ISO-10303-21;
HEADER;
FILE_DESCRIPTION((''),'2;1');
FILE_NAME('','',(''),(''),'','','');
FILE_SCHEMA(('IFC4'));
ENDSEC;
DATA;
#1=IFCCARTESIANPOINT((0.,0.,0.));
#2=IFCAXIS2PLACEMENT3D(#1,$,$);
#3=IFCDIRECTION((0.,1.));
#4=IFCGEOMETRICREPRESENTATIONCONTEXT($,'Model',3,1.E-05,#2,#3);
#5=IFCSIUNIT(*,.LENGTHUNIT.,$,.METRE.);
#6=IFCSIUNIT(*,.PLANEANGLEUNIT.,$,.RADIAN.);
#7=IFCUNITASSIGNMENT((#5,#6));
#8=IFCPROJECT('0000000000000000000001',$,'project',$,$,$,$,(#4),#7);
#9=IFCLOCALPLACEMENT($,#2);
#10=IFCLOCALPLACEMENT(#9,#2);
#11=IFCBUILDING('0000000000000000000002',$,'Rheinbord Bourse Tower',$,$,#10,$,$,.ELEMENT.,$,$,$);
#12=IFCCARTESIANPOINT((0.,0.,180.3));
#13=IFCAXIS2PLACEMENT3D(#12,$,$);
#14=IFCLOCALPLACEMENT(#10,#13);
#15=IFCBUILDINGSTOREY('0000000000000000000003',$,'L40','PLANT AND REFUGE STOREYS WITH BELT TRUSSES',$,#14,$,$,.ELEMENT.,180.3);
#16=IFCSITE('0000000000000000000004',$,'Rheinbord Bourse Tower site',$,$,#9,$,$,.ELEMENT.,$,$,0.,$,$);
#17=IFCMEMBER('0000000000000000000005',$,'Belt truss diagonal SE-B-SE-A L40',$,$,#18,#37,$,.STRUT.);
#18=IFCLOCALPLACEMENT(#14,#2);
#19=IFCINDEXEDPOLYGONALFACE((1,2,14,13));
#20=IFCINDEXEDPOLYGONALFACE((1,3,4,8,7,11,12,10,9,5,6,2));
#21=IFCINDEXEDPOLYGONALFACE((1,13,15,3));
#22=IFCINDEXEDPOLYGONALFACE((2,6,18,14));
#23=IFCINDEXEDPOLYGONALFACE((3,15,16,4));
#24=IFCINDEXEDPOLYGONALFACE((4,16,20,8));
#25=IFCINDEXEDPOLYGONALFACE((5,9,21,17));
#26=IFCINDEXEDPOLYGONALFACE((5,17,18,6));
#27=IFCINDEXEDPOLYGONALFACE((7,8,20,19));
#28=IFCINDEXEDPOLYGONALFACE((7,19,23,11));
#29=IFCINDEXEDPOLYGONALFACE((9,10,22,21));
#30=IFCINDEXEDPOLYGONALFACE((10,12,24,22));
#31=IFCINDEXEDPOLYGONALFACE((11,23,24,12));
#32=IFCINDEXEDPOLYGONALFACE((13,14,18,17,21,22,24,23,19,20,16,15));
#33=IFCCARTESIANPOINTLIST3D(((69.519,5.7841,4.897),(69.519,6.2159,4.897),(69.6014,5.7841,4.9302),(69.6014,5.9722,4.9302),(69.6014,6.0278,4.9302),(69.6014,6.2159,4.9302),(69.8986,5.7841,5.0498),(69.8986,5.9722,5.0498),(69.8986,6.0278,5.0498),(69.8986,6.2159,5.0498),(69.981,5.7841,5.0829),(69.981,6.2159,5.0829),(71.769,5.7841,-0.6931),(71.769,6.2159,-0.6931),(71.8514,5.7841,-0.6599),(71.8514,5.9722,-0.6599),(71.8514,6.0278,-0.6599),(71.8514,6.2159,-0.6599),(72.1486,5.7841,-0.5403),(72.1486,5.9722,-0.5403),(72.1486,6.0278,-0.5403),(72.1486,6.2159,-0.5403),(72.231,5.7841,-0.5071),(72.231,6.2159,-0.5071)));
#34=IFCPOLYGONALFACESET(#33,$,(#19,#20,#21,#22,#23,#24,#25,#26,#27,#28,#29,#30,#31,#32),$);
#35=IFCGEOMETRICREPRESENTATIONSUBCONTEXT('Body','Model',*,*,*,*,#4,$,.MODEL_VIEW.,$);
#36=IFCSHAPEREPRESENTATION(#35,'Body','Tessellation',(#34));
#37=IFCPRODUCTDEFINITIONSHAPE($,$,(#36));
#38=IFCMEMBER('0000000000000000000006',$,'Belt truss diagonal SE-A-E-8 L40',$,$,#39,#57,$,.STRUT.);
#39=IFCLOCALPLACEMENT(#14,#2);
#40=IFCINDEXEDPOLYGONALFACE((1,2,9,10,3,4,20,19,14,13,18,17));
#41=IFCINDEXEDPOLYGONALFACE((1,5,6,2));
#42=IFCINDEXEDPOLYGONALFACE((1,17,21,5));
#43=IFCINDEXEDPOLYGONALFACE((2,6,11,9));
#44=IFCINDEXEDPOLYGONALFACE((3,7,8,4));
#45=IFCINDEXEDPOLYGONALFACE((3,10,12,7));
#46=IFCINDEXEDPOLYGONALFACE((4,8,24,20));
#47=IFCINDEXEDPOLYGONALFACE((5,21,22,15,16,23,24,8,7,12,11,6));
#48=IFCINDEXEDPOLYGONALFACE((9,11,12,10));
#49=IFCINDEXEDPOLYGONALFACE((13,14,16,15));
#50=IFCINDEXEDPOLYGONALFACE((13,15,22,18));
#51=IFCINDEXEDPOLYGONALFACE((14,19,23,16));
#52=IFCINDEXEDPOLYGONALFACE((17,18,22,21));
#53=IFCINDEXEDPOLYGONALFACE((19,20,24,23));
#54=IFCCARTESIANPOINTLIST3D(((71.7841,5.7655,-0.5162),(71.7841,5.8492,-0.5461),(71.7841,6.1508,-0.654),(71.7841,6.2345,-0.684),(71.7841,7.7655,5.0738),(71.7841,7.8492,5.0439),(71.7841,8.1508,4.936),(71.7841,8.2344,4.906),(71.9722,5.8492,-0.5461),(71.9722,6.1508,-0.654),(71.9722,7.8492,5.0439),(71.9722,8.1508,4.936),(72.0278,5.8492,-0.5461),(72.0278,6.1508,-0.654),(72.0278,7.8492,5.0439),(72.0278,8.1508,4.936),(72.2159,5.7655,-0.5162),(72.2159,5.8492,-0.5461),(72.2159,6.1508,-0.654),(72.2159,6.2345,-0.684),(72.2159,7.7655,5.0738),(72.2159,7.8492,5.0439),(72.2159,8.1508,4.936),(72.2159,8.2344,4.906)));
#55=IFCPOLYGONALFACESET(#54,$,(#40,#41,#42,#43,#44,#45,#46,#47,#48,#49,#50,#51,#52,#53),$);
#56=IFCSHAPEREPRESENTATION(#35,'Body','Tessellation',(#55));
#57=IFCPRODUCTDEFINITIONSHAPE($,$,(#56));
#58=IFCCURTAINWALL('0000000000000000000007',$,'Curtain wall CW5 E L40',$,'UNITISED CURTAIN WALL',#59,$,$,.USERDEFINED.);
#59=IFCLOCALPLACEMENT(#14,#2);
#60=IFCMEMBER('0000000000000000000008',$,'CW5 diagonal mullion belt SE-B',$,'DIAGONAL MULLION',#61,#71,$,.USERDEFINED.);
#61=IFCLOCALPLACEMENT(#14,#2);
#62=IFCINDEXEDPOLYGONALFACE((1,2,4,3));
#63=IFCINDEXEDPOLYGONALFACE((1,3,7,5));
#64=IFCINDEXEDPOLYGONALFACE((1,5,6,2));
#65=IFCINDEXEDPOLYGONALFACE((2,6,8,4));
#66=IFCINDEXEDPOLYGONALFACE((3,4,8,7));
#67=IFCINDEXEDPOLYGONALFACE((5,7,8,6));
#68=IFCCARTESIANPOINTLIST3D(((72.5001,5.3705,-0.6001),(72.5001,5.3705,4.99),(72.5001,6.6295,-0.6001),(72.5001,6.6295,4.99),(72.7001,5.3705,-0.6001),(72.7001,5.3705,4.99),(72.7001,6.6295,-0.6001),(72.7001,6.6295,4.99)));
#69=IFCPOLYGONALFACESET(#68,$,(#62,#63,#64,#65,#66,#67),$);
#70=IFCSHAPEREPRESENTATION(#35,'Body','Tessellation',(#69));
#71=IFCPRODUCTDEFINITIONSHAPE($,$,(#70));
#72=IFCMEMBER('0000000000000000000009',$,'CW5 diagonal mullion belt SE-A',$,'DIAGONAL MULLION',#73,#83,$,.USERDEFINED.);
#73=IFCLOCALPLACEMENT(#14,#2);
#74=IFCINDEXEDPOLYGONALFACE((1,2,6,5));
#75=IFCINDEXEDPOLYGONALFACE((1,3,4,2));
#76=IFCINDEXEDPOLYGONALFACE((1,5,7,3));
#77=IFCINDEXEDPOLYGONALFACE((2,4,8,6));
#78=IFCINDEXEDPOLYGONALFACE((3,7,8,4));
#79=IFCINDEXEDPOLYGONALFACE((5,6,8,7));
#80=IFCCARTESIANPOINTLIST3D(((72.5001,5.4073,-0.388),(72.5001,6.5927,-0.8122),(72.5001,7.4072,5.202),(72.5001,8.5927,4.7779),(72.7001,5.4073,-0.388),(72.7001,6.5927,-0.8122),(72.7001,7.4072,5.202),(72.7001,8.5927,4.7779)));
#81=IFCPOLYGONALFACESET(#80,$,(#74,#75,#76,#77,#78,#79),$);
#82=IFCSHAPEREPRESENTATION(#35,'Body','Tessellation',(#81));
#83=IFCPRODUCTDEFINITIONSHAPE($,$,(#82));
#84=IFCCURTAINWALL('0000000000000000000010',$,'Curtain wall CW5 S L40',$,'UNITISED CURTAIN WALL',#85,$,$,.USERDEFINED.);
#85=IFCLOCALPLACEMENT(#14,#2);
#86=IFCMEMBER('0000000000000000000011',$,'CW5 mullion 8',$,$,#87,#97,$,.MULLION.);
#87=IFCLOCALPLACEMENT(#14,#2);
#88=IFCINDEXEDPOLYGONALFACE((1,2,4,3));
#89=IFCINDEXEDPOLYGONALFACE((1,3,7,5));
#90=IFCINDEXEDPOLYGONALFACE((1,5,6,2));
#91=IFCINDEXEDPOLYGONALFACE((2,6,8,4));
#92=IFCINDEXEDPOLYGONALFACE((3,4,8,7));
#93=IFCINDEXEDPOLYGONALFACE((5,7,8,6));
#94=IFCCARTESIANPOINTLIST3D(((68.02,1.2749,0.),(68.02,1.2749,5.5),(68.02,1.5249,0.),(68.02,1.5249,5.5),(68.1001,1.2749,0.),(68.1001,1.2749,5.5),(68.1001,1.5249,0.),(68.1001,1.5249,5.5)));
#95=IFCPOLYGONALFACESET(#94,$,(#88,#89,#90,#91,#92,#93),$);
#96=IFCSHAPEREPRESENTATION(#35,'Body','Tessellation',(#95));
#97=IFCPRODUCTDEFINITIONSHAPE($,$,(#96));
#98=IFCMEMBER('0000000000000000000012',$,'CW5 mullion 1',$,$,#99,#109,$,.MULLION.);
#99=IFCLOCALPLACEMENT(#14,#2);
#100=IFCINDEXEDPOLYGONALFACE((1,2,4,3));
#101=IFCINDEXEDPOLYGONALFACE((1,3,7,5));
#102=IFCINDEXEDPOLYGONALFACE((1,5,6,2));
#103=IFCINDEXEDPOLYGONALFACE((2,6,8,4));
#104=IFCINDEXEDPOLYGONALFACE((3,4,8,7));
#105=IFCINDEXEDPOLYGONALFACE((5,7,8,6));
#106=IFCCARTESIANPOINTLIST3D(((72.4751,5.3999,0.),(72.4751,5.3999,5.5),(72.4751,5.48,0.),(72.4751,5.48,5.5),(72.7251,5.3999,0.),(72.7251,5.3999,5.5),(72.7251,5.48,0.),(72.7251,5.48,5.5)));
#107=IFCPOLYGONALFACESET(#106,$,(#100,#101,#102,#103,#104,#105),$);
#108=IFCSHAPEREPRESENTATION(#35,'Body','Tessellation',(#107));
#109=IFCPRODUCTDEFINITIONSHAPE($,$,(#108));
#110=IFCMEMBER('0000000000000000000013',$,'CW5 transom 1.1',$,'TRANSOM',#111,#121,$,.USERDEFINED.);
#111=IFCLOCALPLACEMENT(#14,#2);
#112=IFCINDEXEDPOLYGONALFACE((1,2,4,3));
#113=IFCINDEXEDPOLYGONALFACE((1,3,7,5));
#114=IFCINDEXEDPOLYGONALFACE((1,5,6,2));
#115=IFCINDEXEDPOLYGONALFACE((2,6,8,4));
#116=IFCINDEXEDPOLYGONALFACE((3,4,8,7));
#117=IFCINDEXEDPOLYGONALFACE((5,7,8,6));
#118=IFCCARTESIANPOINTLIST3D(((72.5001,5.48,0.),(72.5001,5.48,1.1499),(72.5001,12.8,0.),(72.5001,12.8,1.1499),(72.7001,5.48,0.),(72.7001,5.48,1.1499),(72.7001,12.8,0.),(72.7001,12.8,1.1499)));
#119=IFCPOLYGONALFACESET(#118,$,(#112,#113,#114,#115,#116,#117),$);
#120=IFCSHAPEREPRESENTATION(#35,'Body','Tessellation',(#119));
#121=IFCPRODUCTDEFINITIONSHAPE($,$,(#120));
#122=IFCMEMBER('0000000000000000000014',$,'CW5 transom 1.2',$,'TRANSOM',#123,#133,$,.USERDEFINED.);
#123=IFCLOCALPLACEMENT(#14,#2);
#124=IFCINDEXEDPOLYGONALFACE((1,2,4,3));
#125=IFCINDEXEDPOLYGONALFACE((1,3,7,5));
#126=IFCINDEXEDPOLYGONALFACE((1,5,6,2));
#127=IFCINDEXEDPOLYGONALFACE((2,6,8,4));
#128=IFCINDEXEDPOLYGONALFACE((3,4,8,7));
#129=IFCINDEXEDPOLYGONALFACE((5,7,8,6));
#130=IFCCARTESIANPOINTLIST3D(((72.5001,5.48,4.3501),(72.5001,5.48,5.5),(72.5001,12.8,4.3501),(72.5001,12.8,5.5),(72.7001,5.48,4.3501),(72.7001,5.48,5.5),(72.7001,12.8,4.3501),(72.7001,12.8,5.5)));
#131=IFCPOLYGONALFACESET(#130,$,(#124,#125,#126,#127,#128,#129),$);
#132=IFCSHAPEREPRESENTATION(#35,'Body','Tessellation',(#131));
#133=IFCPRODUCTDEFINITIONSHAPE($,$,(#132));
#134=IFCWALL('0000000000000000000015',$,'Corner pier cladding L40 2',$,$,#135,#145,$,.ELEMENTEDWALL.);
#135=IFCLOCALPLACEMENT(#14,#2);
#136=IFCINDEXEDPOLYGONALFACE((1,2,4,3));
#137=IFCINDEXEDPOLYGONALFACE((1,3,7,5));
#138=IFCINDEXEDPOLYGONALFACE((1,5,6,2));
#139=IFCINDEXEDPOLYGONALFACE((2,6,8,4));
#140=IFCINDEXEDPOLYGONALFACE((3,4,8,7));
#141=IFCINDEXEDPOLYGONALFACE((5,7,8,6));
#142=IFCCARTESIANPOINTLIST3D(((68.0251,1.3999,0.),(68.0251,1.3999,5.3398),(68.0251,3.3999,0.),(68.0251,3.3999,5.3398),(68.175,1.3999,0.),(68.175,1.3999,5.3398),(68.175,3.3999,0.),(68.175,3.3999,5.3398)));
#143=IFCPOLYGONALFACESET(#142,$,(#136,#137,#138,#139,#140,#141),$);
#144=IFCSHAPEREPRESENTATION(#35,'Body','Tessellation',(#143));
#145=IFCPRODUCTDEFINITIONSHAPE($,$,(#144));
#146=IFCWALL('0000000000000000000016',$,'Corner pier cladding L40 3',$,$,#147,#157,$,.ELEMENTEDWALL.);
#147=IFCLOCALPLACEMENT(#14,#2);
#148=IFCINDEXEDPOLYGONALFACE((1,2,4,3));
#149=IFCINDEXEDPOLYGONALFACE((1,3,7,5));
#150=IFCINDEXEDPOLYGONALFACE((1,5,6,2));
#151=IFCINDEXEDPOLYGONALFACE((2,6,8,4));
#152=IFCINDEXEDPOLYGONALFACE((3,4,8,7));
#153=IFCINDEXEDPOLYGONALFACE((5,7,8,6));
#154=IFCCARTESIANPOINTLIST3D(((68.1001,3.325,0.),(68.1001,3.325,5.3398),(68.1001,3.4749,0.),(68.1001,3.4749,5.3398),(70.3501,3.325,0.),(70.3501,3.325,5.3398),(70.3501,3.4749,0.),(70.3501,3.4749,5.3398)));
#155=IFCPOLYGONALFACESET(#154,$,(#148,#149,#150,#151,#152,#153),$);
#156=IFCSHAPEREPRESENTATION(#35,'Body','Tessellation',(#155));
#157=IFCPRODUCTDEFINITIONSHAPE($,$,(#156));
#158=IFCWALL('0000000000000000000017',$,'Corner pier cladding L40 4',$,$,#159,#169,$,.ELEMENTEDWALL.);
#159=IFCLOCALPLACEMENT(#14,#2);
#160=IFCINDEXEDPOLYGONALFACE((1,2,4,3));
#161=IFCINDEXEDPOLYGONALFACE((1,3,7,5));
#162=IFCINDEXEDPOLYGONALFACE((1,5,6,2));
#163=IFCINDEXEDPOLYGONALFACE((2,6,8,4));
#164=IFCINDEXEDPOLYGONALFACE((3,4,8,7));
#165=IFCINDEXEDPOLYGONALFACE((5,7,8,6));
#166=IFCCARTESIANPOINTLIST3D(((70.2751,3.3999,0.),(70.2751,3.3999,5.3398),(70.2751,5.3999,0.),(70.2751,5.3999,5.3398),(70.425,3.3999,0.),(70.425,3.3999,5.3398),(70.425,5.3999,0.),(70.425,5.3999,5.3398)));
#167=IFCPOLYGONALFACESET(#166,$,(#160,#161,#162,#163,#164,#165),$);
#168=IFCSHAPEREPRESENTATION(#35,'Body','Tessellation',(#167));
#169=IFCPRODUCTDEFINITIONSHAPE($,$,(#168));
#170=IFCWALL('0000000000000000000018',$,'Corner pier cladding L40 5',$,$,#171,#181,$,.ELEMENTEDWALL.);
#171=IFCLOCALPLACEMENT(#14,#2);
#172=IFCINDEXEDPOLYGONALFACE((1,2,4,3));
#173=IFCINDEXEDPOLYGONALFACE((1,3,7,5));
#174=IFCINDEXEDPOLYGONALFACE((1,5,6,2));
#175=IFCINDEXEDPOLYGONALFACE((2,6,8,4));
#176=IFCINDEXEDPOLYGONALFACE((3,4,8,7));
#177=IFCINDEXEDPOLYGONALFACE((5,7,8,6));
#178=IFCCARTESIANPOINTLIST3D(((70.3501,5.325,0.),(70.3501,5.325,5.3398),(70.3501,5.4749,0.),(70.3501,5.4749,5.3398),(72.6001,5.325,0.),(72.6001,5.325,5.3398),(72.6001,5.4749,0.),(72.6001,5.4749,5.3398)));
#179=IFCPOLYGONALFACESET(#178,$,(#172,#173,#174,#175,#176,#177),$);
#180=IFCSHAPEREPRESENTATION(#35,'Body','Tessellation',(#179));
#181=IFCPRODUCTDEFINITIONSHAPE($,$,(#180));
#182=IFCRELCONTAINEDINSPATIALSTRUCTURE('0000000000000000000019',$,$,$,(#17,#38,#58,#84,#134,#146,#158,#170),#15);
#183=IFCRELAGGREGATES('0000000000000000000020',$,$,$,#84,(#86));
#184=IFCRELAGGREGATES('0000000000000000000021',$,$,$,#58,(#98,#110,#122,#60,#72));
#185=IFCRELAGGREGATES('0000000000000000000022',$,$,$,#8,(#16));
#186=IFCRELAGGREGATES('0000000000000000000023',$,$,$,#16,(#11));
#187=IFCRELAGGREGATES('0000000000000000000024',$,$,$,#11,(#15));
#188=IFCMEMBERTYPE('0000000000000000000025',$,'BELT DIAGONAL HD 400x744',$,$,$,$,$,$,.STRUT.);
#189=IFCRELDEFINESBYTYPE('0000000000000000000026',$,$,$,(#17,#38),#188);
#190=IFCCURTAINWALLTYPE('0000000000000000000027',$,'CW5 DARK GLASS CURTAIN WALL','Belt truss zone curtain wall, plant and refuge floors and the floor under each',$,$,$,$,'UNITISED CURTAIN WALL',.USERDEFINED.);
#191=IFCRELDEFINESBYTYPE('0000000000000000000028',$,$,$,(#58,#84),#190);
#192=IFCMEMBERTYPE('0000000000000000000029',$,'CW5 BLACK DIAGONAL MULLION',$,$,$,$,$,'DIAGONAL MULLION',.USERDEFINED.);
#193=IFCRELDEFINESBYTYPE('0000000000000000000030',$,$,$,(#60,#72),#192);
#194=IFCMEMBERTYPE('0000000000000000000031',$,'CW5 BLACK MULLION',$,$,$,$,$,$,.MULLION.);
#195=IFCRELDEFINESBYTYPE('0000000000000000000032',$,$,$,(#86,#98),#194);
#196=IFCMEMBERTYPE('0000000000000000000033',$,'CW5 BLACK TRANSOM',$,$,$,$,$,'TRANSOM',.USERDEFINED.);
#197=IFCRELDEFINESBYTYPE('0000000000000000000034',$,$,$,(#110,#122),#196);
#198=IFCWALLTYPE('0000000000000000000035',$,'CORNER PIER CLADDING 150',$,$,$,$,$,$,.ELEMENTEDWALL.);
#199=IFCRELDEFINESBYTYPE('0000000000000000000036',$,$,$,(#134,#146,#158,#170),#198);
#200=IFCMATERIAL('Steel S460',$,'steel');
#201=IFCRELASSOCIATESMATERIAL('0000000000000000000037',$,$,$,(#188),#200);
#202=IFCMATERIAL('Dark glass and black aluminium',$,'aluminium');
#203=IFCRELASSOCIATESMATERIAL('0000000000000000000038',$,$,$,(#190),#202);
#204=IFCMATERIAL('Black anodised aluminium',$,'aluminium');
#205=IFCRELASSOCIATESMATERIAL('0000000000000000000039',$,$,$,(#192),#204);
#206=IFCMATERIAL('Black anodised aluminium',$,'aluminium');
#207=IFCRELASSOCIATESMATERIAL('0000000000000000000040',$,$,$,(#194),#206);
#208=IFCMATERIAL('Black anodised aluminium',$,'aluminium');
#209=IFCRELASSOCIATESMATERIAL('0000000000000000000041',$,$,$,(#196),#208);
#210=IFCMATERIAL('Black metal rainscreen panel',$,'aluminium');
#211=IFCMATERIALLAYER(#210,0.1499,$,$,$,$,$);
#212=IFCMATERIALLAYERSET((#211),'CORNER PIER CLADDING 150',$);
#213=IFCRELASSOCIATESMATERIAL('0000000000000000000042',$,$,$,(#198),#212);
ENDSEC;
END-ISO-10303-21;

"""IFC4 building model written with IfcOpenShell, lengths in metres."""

from ifc_helpers import new_model, si_unit, direction, frame, frame_2d, origin, origin_2d, place, context, subcontext, project, spatial, rectangle, i_section, extrude, material, layer, layer_set, material_profile, profile_set, type_object, element, aggregate, save


model = new_model("IFC4")

# Units and contexts
model_context = context("Model", 3, precision=1e-05, world=origin(), true_north=direction((0.0, 1.0)))
body_context = subcontext(model_context, "Body", "Model", "MODEL_VIEW")
ifc_project = project(units=[si_unit("LENGTHUNIT", "METRE"), si_unit("PLANEANGLEUNIT", "RADIAN")], contexts=[model_context])

# Site, building, storey
site_placement = place(None, origin())
site = spatial("IfcSite", under=ifc_project, at=site_placement, Name="Rheinbord Bourse Tower site", CompositionType="ELEMENT", RefElevation=0.0)
building_placement = place(site_placement, origin())
building = spatial("IfcBuilding", under=site, at=building_placement, Name="Rheinbord Bourse Tower", CompositionType="ELEMENT")
storey_placement = place(building_placement, frame((0.0, 0.0, 180.3)))
storey = spatial("IfcBuildingStorey", under=building, at=storey_placement, Name="L40", Description="PLANT AND REFUGE STOREYS WITH BELT TRUSSES", CompositionType="ELEMENT", Elevation=180.3)

# Members
ifc_material_1 = material(Name="Steel S460", Category="steel")
ifc_material_profile_1 = material_profile(ifc_material_1, i_section(OverallWidth=0.4319, OverallDepth=0.498, WebThickness=0.0557, FlangeThickness=0.0889, at=origin_2d()), Name="HD 400x744")
ifc_profile_set_1 = profile_set([ifc_material_profile_1], Name="Steel S460")
member_type_1 = type_object("IfcMemberType", Name="BELT DIAGONAL HD 400x744", PredefinedType="STRUT", material=ifc_profile_set_1)
member_1_placement = place(storey_placement, frame((72.0, 6.0, -0.6001), z_axis=(-0.373388, 0.0, 0.927675), x_axis=(0.0, -1.0, 0.0)))
element("IfcMember", 1, at=member_1_placement, inside=storey, type_object=member_type_1, Name="Belt truss diagonal SE-B-SE-A L40", PredefinedType="STRUT", context=body_context, shape_type="SweptSolid", body=[
    extrude(i_section(OverallWidth=0.4319, OverallDepth=0.498, WebThickness=0.0557, FlangeThickness=0.0889, at=origin_2d()), origin(), (0.0, 0.0, 1.0), 6.0259),
])
member_2_placement = place(storey_placement, frame((72.0, 6.0, -0.6001), z_axis=(0.0, 0.336865, 0.941553), x_axis=(-1.0, 0.0, 0.0)))
element("IfcMember", 2, at=member_2_placement, inside=storey, type_object=member_type_1, Name="Belt truss diagonal SE-A-E-8 L40", PredefinedType="STRUT", context=body_context, shape_type="SweptSolid", body=[
    extrude(i_section(OverallWidth=0.4319, OverallDepth=0.498, WebThickness=0.0557, FlangeThickness=0.0889, at=origin_2d()), origin(), (0.0, 0.0, 1.0), 5.937),
])

# Curtain wall, members
ifc_material_2 = material(Name="Dark glass and black aluminium", Category="aluminium")
curtain_wall_type = type_object("IfcCurtainWallType", Name="CW5 DARK GLASS CURTAIN WALL", Description="Belt truss zone curtain wall, plant and refuge floors and the floor under each", ElementType="UNITISED CURTAIN WALL", PredefinedType="USERDEFINED", material=ifc_material_2)
curtain_wall_1_placement = place(storey_placement, origin())
curtain_wall_1 = element("IfcCurtainWall", 3, at=curtain_wall_1_placement, inside=storey, type_object=curtain_wall_type, Name="Curtain wall CW5 E L40", ObjectType="UNITISED CURTAIN WALL", PredefinedType="USERDEFINED")
ifc_material_3 = material(Name="Black anodised aluminium", Category="aluminium")
ifc_material_profile_2 = material_profile(ifc_material_3, rectangle(XDim=0.2, YDim=1.259, at=origin_2d()), Name="CW5 DIAGONAL MULLION 1259x200")
ifc_profile_set_2 = profile_set([ifc_material_profile_2], Name="Black anodised aluminium")
member_type_2 = type_object("IfcMemberType", Name="CW5 BLACK DIAGONAL MULLION", ElementType="DIAGONAL MULLION", PredefinedType="USERDEFINED", material=ifc_profile_set_2)
member_3_placement = place(storey_placement, frame((72.6001, 6.0, -0.6001), z_axis=(0.0, 0.0, 1.0), x_axis=(-1.0, 0.0, 0.0)))
member_3 = element("IfcMember", 4, at=member_3_placement, type_object=member_type_2, Name="CW5 diagonal mullion belt SE-B", ObjectType="DIAGONAL MULLION", PredefinedType="USERDEFINED", context=body_context, shape_type="SweptSolid", body=[
    extrude(rectangle(XDim=0.2, YDim=1.259, at=origin_2d()), origin(), (0.0, 0.0, 1.0), 5.5901),
])
member_4_placement = place(storey_placement, frame((72.6001, 6.0, -0.6001), z_axis=(0.0, 0.336865, 0.941553), x_axis=(-1.0, 0.0, 0.0)))
member_4 = element("IfcMember", 5, at=member_4_placement, type_object=member_type_2, Name="CW5 diagonal mullion belt SE-A", ObjectType="DIAGONAL MULLION", PredefinedType="USERDEFINED", context=body_context, shape_type="SweptSolid", body=[
    extrude(rectangle(XDim=0.2, YDim=1.259, at=origin_2d()), origin(), (0.0, 0.0, 1.0), 5.937),
])

# Curtain wall, member
curtain_wall_2_placement = place(storey_placement, origin())
curtain_wall_2 = element("IfcCurtainWall", 6, at=curtain_wall_2_placement, inside=storey, type_object=curtain_wall_type, Name="Curtain wall CW5 S L40", ObjectType="UNITISED CURTAIN WALL", PredefinedType="USERDEFINED")
ifc_material_4 = material(Name="Black anodised aluminium", Category="aluminium")
ifc_material_profile_3 = material_profile(ifc_material_4, rectangle(XDim=0.25, YDim=0.0801, at=origin_2d()), Name="CW5 MULLION 80x250")
ifc_profile_set_3 = profile_set([ifc_material_profile_3], Name="Black anodised aluminium")
member_type_3 = type_object("IfcMemberType", Name="CW5 BLACK MULLION", PredefinedType="MULLION", material=ifc_profile_set_3)
member_5_placement = place(storey_placement, frame((68.0601, 1.3999, 0.0), z_axis=(0.0, 0.0, 1.0), x_axis=(0.0, 1.0, 0.0)))
member_5 = element("IfcMember", 7, at=member_5_placement, type_object=member_type_3, Name="CW5 mullion 8", PredefinedType="MULLION", context=body_context, shape_type="SweptSolid", body=[
    extrude(rectangle(XDim=0.25, YDim=0.0801, at=origin_2d()), origin(), (0.0, 0.0, 1.0), 5.5),
])
aggregate(curtain_wall_2, [member_5])

# Members
member_6_placement = place(storey_placement, frame((72.6001, 5.4399, 0.0), z_axis=(0.0, 0.0, 1.0), x_axis=(-1.0, 0.0, 0.0)))
member_6 = element("IfcMember", 8, at=member_6_placement, type_object=member_type_3, Name="CW5 mullion 1", PredefinedType="MULLION", context=body_context, shape_type="SweptSolid", body=[
    extrude(rectangle(XDim=0.25, YDim=0.0801, at=origin_2d()), origin(), (0.0, 0.0, 1.0), 5.5),
])
ifc_material_5 = material(Name="Black anodised aluminium", Category="aluminium")
ifc_material_profile_4 = material_profile(ifc_material_5, rectangle(XDim=0.2, YDim=1.1499, at=origin_2d()), Name="CW5 TRANSOM 1150x200")
ifc_profile_set_4 = profile_set([ifc_material_profile_4], Name="Black anodised aluminium")
member_type_4 = type_object("IfcMemberType", Name="CW5 BLACK TRANSOM", ElementType="TRANSOM", PredefinedType="USERDEFINED", material=ifc_profile_set_4)
member_7_placement = place(storey_placement, frame((72.6001, 5.48, 0.575), z_axis=(0.0, 1.0, 0.0), x_axis=(-1.0, 0.0, 0.0)))
member_7 = element("IfcMember", 9, at=member_7_placement, type_object=member_type_4, Name="CW5 transom 1.1", ObjectType="TRANSOM", PredefinedType="USERDEFINED", context=body_context, shape_type="SweptSolid", body=[
    extrude(rectangle(XDim=0.2, YDim=1.1499, at=origin_2d()), origin(), (0.0, 0.0, 1.0), 7.3201),
])
member_8_placement = place(storey_placement, frame((72.6001, 5.48, 4.925), z_axis=(0.0, 1.0, 0.0), x_axis=(-1.0, 0.0, 0.0)))
member_8 = element("IfcMember", 10, at=member_8_placement, type_object=member_type_4, Name="CW5 transom 1.2", ObjectType="TRANSOM", PredefinedType="USERDEFINED", context=body_context, shape_type="SweptSolid", body=[
    extrude(rectangle(XDim=0.2, YDim=1.1499, at=origin_2d()), origin(), (0.0, 0.0, 1.0), 7.3201),
])
aggregate(curtain_wall_1, [member_6, member_7, member_8, member_3, member_4])

# Walls
ifc_material_6 = material(Name="Black metal rainscreen panel", Category="aluminium")
ifc_layer = layer(ifc_material_6, 0.1499)
ifc_layer_set = layer_set([ifc_layer], Name="CORNER PIER CLADDING 150")
wall_type = type_object("IfcWallType", Name="CORNER PIER CLADDING 150", PredefinedType="ELEMENTEDWALL", material=ifc_layer_set)
wall_1_placement = place(storey_placement, frame((68.1001, 1.3999, 0.0), z_axis=(0.0, 0.0, 1.0), x_axis=(0.0, 1.0, 0.0)))
element("IfcWall", 11, at=wall_1_placement, inside=storey, type_object=wall_type, Name="Corner pier cladding L40 2", PredefinedType="ELEMENTEDWALL", context=body_context, shape_type="SweptSolid", body=[
    extrude(rectangle(XDim=2.0, YDim=0.1499, at=frame_2d((1.0, 0.0))), origin(), (0.0, 0.0, 1.0), 5.3398),
])
wall_2_placement = place(storey_placement, frame((68.1001, 3.3999, 0.0), z_axis=(0.0, 0.0, 1.0), x_axis=(1.0, 0.0, 0.0)))
element("IfcWall", 12, at=wall_2_placement, inside=storey, type_object=wall_type, Name="Corner pier cladding L40 3", PredefinedType="ELEMENTEDWALL", context=body_context, shape_type="SweptSolid", body=[
    extrude(rectangle(XDim=2.25, YDim=0.1499, at=frame_2d((1.125, 0.0))), origin(), (0.0, 0.0, 1.0), 5.3398),
])
wall_3_placement = place(storey_placement, frame((70.3501, 3.3999, 0.0), z_axis=(0.0, 0.0, 1.0), x_axis=(0.0, 1.0, 0.0)))
element("IfcWall", 13, at=wall_3_placement, inside=storey, type_object=wall_type, Name="Corner pier cladding L40 4", PredefinedType="ELEMENTEDWALL", context=body_context, shape_type="SweptSolid", body=[
    extrude(rectangle(XDim=2.0, YDim=0.1499, at=frame_2d((1.0, 0.0))), origin(), (0.0, 0.0, 1.0), 5.3398),
])
wall_4_placement = place(storey_placement, frame((70.3501, 5.3999, 0.0), z_axis=(0.0, 0.0, 1.0), x_axis=(1.0, 0.0, 0.0)))
element("IfcWall", 14, at=wall_4_placement, inside=storey, type_object=wall_type, Name="Corner pier cladding L40 5", PredefinedType="ELEMENTEDWALL", context=body_context, shape_type="SweptSolid", body=[
    extrude(rectangle(XDim=2.25, YDim=0.1499, at=frame_2d((1.125, 0.0))), origin(), (0.0, 0.0, 1.0), 5.3398),
])

save(model, "model.ifc")
